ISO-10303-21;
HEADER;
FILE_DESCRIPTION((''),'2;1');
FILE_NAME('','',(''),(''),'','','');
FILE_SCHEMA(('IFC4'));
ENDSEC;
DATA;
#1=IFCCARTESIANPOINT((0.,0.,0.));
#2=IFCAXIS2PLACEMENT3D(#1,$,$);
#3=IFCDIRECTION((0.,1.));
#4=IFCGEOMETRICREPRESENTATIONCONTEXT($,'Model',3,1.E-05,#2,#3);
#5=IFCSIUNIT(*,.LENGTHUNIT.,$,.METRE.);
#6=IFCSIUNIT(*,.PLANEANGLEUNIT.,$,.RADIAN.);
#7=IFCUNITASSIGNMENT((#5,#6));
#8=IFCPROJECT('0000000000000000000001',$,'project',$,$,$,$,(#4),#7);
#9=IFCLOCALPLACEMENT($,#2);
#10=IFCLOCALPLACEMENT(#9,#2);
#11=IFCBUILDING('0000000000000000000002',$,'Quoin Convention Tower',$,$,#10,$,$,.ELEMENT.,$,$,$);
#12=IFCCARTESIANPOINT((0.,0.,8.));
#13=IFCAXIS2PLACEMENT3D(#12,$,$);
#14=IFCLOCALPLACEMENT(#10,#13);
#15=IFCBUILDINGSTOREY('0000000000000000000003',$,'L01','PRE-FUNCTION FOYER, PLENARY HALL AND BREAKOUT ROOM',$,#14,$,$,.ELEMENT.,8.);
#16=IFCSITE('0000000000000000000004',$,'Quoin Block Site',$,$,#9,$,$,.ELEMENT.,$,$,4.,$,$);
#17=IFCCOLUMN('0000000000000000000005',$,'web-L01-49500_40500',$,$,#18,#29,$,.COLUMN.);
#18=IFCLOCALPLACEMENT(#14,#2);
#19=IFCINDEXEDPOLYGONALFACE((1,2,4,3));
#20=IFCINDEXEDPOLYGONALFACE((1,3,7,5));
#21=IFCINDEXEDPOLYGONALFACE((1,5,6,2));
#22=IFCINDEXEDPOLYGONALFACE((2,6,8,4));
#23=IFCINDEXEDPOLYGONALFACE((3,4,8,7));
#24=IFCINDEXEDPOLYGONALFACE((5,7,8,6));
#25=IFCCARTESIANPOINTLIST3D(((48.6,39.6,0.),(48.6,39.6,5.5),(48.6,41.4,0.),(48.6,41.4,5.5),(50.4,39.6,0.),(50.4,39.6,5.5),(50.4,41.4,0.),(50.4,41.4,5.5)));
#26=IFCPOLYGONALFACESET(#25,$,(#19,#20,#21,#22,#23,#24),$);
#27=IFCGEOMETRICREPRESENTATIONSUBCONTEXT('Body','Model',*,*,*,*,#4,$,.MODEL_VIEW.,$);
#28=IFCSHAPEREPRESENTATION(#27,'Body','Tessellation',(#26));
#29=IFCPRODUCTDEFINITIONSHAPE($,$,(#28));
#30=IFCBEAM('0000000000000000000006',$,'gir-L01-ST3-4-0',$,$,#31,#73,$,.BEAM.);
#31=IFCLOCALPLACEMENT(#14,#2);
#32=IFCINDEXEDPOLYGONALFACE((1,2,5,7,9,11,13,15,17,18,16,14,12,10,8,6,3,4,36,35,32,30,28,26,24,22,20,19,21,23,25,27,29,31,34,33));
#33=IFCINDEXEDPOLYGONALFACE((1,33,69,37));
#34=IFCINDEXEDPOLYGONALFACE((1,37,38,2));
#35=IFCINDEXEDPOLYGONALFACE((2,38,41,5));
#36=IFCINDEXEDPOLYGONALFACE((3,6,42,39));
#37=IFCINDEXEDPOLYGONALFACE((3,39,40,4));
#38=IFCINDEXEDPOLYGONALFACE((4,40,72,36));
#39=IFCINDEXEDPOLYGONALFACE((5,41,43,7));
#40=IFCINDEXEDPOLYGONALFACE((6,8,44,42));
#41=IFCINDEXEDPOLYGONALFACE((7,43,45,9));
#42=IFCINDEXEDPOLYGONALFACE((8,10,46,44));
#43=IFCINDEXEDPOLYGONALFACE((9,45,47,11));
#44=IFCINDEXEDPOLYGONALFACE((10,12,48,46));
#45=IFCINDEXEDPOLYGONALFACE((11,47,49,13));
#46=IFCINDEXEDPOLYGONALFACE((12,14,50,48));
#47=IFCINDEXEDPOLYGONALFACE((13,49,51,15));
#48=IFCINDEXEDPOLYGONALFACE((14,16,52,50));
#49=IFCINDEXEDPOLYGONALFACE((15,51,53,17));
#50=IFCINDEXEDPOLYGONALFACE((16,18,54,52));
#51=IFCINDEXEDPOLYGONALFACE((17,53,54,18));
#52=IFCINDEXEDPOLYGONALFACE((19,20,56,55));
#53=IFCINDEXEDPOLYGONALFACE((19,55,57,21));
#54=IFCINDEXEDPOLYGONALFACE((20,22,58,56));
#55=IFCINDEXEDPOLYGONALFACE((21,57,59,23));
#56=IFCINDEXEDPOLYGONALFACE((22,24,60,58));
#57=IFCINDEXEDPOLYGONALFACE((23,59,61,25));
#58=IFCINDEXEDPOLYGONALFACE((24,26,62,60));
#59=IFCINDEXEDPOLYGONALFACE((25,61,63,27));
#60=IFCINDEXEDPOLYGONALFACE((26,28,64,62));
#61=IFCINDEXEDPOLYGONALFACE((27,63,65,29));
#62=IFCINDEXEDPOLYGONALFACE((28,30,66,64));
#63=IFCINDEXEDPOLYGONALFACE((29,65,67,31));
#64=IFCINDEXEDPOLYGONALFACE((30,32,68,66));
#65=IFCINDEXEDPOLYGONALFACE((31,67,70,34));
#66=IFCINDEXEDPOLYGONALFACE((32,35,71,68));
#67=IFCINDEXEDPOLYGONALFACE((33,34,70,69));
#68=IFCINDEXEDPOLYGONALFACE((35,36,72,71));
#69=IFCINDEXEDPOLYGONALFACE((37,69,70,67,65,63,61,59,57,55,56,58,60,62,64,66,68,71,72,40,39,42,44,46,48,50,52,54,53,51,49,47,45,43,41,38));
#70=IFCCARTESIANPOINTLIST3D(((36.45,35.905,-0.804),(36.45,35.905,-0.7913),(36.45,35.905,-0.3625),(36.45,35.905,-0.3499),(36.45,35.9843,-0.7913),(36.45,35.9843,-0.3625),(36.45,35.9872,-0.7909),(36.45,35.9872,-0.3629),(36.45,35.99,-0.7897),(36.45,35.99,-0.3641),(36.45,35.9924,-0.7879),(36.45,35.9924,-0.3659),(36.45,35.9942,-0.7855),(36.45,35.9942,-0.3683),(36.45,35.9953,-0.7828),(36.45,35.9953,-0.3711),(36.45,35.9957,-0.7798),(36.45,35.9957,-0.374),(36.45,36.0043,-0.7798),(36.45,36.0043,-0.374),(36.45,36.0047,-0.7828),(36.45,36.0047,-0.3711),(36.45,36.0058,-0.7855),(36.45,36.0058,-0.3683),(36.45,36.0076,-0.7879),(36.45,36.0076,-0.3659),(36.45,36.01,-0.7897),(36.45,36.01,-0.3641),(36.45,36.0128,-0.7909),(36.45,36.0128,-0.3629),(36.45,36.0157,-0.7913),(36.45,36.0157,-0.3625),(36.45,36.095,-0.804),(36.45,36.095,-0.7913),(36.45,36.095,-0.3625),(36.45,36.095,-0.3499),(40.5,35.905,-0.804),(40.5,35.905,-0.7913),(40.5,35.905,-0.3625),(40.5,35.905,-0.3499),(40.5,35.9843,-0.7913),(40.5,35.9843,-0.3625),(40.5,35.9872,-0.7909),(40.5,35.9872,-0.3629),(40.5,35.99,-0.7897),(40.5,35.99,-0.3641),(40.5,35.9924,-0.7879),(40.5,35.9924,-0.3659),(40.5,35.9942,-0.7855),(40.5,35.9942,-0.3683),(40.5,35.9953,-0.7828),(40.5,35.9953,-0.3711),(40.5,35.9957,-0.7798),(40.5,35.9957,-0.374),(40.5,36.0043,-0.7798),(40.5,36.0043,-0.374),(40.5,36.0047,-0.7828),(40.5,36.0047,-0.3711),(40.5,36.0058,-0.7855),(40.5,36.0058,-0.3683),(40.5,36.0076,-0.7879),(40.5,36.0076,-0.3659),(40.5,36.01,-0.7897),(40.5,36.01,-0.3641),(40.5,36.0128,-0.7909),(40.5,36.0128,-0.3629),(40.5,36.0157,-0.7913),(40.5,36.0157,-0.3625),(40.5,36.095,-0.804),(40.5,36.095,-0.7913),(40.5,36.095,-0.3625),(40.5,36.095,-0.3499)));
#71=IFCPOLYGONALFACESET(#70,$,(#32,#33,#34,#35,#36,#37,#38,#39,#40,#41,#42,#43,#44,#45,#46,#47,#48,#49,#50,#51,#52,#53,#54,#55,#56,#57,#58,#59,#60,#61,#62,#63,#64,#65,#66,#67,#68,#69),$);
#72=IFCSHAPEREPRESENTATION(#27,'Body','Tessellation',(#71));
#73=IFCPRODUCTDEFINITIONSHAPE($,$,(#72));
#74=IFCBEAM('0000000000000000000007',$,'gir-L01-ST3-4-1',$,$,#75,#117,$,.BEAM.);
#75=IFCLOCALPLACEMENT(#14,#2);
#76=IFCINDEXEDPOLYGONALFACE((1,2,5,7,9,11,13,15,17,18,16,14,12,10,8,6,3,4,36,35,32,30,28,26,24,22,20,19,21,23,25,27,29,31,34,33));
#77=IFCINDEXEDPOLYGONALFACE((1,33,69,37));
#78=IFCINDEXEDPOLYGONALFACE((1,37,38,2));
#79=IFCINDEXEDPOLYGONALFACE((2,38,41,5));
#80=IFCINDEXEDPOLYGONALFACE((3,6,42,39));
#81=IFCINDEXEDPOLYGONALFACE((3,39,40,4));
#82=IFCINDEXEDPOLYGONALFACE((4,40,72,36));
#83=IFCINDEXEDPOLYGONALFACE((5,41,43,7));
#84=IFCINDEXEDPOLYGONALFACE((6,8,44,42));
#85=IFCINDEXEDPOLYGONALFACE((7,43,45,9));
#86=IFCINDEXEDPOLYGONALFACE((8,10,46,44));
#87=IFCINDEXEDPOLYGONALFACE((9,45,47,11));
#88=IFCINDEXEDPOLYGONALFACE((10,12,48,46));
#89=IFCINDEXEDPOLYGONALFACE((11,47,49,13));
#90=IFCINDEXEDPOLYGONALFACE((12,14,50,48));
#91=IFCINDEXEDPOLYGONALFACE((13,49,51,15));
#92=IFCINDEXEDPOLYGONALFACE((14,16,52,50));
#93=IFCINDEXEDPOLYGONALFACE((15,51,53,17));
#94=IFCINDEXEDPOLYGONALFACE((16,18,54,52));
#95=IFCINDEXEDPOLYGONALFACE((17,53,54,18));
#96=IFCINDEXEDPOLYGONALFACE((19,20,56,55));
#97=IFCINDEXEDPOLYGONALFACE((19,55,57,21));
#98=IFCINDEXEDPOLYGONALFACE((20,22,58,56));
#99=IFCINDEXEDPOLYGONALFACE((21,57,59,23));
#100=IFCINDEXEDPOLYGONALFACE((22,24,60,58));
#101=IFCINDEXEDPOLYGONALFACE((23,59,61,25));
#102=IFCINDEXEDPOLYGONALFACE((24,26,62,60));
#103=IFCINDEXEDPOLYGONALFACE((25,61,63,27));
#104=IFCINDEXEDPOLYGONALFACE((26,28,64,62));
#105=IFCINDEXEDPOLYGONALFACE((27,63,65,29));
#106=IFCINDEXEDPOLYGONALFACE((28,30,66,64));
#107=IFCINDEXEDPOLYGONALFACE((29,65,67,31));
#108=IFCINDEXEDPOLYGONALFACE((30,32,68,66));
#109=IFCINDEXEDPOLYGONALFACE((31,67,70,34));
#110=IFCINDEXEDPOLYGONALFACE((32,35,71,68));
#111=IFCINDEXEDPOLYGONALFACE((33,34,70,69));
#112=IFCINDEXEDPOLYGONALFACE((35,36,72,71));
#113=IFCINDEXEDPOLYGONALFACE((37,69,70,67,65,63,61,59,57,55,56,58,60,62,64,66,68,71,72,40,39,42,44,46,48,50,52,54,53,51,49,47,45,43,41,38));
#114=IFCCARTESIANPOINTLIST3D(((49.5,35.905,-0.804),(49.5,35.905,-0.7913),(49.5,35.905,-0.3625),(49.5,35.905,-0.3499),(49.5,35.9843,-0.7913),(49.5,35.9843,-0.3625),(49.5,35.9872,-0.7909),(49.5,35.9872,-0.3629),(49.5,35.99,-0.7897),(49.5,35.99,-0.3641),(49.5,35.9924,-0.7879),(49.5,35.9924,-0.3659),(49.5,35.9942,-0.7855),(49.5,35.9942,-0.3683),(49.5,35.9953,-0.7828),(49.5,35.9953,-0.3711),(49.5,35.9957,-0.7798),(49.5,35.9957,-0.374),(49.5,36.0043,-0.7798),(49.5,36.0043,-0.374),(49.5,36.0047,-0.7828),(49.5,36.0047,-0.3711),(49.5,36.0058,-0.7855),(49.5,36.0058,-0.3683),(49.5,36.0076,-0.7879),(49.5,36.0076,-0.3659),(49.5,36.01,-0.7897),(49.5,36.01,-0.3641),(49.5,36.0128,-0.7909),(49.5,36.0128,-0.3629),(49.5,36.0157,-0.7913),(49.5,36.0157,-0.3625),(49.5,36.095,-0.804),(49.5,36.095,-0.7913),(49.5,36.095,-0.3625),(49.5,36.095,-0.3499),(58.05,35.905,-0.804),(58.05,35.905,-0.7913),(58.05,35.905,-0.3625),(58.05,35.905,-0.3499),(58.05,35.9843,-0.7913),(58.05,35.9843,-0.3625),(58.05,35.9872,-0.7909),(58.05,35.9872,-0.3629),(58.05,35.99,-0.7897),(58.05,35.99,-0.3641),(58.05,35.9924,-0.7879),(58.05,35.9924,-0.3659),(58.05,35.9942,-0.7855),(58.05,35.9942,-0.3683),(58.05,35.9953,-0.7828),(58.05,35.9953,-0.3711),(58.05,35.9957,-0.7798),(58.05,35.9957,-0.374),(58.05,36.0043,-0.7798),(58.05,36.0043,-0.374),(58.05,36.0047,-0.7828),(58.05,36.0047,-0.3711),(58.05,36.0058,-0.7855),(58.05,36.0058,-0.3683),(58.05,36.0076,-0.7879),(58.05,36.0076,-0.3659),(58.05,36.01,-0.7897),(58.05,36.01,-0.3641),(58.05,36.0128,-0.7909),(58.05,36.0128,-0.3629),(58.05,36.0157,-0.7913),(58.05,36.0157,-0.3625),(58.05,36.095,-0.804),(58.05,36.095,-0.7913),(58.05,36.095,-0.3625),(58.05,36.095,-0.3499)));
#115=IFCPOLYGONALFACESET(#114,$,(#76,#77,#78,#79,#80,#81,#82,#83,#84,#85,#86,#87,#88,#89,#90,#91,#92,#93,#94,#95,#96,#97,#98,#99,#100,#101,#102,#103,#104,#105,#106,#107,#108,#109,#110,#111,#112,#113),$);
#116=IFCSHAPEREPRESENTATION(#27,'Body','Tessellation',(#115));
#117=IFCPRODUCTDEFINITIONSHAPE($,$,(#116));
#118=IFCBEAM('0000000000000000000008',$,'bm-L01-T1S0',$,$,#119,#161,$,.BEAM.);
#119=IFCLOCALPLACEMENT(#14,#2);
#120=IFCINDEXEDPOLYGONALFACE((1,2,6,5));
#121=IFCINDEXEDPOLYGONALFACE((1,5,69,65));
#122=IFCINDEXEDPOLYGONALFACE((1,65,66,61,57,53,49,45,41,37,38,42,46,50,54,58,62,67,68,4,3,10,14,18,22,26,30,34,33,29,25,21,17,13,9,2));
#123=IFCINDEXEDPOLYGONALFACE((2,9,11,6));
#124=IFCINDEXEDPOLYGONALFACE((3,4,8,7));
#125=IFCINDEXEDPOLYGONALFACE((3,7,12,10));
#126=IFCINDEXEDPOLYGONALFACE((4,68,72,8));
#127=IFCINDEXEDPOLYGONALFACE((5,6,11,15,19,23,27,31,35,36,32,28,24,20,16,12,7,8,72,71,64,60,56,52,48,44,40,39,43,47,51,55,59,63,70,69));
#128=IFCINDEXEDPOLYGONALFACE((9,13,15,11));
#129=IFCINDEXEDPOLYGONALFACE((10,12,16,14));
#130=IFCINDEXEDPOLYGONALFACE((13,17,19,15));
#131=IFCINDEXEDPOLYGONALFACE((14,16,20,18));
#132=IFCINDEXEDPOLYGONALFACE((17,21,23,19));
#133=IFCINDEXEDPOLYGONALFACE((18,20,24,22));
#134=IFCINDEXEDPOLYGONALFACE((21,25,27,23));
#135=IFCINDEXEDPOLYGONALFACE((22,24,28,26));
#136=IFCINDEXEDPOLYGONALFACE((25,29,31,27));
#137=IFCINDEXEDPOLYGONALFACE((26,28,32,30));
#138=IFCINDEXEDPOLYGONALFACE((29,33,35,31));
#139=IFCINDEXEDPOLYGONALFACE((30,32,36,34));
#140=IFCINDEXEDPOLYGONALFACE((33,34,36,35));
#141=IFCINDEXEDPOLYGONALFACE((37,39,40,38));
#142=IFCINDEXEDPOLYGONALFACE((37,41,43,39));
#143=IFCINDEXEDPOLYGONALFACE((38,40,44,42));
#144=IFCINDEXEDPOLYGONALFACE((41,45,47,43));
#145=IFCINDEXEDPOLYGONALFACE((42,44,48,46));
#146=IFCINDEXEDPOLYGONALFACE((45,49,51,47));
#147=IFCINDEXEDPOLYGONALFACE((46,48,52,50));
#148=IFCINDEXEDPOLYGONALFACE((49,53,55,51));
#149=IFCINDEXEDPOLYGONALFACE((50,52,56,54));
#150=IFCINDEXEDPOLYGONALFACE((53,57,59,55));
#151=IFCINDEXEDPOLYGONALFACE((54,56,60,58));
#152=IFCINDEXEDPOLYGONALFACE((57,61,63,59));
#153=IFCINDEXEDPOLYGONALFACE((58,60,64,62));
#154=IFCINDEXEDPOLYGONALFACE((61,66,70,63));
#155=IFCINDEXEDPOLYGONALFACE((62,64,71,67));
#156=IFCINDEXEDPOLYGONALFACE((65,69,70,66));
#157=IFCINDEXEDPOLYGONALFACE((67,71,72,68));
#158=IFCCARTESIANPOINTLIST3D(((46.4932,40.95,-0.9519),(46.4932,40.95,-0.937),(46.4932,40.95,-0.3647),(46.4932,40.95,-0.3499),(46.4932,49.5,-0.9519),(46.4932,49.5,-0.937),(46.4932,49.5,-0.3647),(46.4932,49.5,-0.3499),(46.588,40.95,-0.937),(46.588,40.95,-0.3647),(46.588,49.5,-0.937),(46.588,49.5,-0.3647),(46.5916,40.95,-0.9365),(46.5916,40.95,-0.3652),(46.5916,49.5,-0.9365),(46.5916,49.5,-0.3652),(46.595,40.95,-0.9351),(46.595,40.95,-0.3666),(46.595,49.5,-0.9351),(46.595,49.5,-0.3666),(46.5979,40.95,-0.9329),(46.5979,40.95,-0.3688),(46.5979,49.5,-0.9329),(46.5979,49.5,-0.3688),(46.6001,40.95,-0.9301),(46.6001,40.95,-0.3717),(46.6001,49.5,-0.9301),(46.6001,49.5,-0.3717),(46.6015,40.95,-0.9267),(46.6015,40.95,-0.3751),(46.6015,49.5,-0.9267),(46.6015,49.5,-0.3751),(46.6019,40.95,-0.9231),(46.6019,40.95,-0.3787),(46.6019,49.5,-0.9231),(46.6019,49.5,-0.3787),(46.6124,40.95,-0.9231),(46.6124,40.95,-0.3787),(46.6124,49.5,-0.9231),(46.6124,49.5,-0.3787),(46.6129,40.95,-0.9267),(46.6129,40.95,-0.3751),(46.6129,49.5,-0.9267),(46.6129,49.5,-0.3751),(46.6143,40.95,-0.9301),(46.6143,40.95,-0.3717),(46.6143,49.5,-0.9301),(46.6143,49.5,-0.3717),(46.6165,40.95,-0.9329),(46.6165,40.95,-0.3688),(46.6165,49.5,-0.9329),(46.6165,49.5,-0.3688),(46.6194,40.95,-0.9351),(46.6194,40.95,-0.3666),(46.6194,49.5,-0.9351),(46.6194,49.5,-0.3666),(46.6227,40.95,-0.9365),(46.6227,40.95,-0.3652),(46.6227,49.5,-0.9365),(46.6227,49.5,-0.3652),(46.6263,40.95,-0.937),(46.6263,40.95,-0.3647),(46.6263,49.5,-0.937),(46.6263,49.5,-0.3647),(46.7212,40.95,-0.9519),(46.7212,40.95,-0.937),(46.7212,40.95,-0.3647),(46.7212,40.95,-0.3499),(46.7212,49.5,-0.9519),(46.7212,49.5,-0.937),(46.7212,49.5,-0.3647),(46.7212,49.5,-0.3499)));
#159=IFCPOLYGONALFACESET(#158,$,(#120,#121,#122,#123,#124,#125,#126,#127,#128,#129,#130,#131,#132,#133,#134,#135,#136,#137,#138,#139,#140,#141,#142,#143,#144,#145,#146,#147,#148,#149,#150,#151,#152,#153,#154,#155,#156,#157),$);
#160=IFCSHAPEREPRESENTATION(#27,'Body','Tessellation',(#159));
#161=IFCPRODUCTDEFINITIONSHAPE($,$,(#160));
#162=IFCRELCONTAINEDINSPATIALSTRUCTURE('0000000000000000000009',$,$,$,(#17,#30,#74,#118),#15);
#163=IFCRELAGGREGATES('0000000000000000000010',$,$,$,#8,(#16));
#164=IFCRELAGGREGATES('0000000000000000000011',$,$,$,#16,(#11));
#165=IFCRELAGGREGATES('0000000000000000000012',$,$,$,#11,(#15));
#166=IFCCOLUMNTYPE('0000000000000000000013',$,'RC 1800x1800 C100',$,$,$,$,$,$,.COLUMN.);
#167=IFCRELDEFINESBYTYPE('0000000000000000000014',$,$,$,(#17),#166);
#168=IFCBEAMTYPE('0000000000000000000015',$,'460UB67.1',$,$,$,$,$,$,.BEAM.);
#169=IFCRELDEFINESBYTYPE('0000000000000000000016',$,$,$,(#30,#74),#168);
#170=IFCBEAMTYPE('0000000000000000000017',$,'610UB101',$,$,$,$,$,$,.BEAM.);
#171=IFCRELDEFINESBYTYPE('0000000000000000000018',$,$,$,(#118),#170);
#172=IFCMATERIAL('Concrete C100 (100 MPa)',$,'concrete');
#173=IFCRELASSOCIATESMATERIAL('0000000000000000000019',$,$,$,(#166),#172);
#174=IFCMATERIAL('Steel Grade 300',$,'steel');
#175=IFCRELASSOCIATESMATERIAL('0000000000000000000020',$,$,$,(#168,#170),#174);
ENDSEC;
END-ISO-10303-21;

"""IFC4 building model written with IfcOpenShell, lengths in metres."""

from ifc_helpers import new_model, si_unit, direction, frame, origin, origin_2d, place, context, subcontext, project, spatial, rectangle, i_section, extrude, material, material_profile, profile_set, type_object, element, save


model = new_model("IFC4")

# Units and contexts
model_context = context("Model", 3, precision=1e-05, world=origin(), true_north=direction((0.0, 1.0)))
body_context = subcontext(model_context, "Body", "Model", "MODEL_VIEW")
ifc_project = project(units=[si_unit("LENGTHUNIT", "METRE"), si_unit("PLANEANGLEUNIT", "RADIAN")], contexts=[model_context])

# Site, building, storey
site_placement = place(None, origin())
site = spatial("IfcSite", under=ifc_project, at=site_placement, Name="Quoin Block Site", CompositionType="ELEMENT", RefElevation=4.0)
building_placement = place(site_placement, origin())
building = spatial("IfcBuilding", under=site, at=building_placement, Name="Quoin Convention Tower", CompositionType="ELEMENT")
storey_placement = place(building_placement, frame((0.0, 0.0, 8.0)))
storey = spatial("IfcBuildingStorey", under=building, at=storey_placement, Name="L01", Description="PRE-FUNCTION FOYER, PLENARY HALL AND BREAKOUT ROOM", CompositionType="ELEMENT", Elevation=8.0)

# Column
ifc_material_1 = material(Name="Concrete C100 (100 MPa)", Category="concrete")
ifc_material_profile_1 = material_profile(ifc_material_1, rectangle(XDim=1.8, YDim=1.8, at=origin_2d()), Name="RC 1800x1800")
ifc_profile_set_1 = profile_set([ifc_material_profile_1], Name="Concrete C100 (100 MPa)")
column_type = type_object("IfcColumnType", Name="RC 1800x1800 C100", PredefinedType="COLUMN", material=ifc_profile_set_1)
column_placement = place(storey_placement, frame((49.5, 40.5, 0.0), z_axis=(0.0, 0.0, 1.0), x_axis=(1.0, 0.0, 0.0)))
element("IfcColumn", 1, at=column_placement, inside=storey, type_object=column_type, Name="web-L01-49500_40500", PredefinedType="COLUMN", context=body_context, shape_type="SweptSolid", body=[
    extrude(rectangle(XDim=1.8, YDim=1.8, at=origin_2d()), origin(), (0.0, 0.0, 1.0), 5.5),
])

# Beams
ifc_material_2 = material(Name="Steel Grade 300", Category="steel")
ifc_material_profile_2 = material_profile(ifc_material_2, i_section(OverallWidth=0.1899, OverallDepth=0.4541, WebThickness=0.0085, FlangeThickness=0.0127, FilletRadius=0.0115, at=origin_2d()), Name="460UB67.1")
ifc_profile_set_2 = profile_set([ifc_material_profile_2], Name="Steel Grade 300")
beam_type_1 = type_object("IfcBeamType", Name="460UB67.1", PredefinedType="BEAM", material=ifc_profile_set_2)
beam_1_placement = place(storey_placement, frame((36.45, 36.0, -0.5769), z_axis=(1.0, 0.0, 0.0), x_axis=(0.0, 1.0, 0.0)))
element("IfcBeam", 2, at=beam_1_placement, inside=storey, type_object=beam_type_1, Name="gir-L01-ST3-4-0", PredefinedType="BEAM", context=body_context, shape_type="SweptSolid", body=[
    extrude(i_section(OverallWidth=0.1899, OverallDepth=0.4541, WebThickness=0.0085, FlangeThickness=0.0127, FilletRadius=0.0115, at=origin_2d()), origin(), (0.0, 0.0, 1.0), 4.05),
])
beam_2_placement = place(storey_placement, frame((49.5, 36.0, -0.5769), z_axis=(1.0, 0.0, 0.0), x_axis=(0.0, 1.0, 0.0)))
element("IfcBeam", 3, at=beam_2_placement, inside=storey, type_object=beam_type_1, Name="gir-L01-ST3-4-1", PredefinedType="BEAM", context=body_context, shape_type="SweptSolid", body=[
    extrude(i_section(OverallWidth=0.1899, OverallDepth=0.4541, WebThickness=0.0085, FlangeThickness=0.0127, FilletRadius=0.0115, at=origin_2d()), origin(), (0.0, 0.0, 1.0), 8.55),
])
ifc_material_profile_3 = material_profile(ifc_material_2, i_section(OverallWidth=0.228, OverallDepth=0.6021, WebThickness=0.0105, FlangeThickness=0.0149, FilletRadius=0.0139, at=origin_2d()), Name="610UB101")
ifc_profile_set_3 = profile_set([ifc_material_profile_3], Name="Steel Grade 300")
beam_type_2 = type_object("IfcBeamType", Name="610UB101", PredefinedType="BEAM", material=ifc_profile_set_3)
beam_3_placement = place(storey_placement, frame((46.6072, 40.95, -0.6509), z_axis=(0.0, 1.0, 0.0), x_axis=(-1.0, 0.0, 0.0)))
element("IfcBeam", 4, at=beam_3_placement, inside=storey, type_object=beam_type_2, Name="bm-L01-T1S0", PredefinedType="BEAM", context=body_context, shape_type="SweptSolid", body=[
    extrude(i_section(OverallWidth=0.228, OverallDepth=0.6021, WebThickness=0.0105, FlangeThickness=0.0149, FilletRadius=0.0139, at=origin_2d()), origin(), (0.0, 0.0, 1.0), 8.55),
])

save(model, "model.ifc")
